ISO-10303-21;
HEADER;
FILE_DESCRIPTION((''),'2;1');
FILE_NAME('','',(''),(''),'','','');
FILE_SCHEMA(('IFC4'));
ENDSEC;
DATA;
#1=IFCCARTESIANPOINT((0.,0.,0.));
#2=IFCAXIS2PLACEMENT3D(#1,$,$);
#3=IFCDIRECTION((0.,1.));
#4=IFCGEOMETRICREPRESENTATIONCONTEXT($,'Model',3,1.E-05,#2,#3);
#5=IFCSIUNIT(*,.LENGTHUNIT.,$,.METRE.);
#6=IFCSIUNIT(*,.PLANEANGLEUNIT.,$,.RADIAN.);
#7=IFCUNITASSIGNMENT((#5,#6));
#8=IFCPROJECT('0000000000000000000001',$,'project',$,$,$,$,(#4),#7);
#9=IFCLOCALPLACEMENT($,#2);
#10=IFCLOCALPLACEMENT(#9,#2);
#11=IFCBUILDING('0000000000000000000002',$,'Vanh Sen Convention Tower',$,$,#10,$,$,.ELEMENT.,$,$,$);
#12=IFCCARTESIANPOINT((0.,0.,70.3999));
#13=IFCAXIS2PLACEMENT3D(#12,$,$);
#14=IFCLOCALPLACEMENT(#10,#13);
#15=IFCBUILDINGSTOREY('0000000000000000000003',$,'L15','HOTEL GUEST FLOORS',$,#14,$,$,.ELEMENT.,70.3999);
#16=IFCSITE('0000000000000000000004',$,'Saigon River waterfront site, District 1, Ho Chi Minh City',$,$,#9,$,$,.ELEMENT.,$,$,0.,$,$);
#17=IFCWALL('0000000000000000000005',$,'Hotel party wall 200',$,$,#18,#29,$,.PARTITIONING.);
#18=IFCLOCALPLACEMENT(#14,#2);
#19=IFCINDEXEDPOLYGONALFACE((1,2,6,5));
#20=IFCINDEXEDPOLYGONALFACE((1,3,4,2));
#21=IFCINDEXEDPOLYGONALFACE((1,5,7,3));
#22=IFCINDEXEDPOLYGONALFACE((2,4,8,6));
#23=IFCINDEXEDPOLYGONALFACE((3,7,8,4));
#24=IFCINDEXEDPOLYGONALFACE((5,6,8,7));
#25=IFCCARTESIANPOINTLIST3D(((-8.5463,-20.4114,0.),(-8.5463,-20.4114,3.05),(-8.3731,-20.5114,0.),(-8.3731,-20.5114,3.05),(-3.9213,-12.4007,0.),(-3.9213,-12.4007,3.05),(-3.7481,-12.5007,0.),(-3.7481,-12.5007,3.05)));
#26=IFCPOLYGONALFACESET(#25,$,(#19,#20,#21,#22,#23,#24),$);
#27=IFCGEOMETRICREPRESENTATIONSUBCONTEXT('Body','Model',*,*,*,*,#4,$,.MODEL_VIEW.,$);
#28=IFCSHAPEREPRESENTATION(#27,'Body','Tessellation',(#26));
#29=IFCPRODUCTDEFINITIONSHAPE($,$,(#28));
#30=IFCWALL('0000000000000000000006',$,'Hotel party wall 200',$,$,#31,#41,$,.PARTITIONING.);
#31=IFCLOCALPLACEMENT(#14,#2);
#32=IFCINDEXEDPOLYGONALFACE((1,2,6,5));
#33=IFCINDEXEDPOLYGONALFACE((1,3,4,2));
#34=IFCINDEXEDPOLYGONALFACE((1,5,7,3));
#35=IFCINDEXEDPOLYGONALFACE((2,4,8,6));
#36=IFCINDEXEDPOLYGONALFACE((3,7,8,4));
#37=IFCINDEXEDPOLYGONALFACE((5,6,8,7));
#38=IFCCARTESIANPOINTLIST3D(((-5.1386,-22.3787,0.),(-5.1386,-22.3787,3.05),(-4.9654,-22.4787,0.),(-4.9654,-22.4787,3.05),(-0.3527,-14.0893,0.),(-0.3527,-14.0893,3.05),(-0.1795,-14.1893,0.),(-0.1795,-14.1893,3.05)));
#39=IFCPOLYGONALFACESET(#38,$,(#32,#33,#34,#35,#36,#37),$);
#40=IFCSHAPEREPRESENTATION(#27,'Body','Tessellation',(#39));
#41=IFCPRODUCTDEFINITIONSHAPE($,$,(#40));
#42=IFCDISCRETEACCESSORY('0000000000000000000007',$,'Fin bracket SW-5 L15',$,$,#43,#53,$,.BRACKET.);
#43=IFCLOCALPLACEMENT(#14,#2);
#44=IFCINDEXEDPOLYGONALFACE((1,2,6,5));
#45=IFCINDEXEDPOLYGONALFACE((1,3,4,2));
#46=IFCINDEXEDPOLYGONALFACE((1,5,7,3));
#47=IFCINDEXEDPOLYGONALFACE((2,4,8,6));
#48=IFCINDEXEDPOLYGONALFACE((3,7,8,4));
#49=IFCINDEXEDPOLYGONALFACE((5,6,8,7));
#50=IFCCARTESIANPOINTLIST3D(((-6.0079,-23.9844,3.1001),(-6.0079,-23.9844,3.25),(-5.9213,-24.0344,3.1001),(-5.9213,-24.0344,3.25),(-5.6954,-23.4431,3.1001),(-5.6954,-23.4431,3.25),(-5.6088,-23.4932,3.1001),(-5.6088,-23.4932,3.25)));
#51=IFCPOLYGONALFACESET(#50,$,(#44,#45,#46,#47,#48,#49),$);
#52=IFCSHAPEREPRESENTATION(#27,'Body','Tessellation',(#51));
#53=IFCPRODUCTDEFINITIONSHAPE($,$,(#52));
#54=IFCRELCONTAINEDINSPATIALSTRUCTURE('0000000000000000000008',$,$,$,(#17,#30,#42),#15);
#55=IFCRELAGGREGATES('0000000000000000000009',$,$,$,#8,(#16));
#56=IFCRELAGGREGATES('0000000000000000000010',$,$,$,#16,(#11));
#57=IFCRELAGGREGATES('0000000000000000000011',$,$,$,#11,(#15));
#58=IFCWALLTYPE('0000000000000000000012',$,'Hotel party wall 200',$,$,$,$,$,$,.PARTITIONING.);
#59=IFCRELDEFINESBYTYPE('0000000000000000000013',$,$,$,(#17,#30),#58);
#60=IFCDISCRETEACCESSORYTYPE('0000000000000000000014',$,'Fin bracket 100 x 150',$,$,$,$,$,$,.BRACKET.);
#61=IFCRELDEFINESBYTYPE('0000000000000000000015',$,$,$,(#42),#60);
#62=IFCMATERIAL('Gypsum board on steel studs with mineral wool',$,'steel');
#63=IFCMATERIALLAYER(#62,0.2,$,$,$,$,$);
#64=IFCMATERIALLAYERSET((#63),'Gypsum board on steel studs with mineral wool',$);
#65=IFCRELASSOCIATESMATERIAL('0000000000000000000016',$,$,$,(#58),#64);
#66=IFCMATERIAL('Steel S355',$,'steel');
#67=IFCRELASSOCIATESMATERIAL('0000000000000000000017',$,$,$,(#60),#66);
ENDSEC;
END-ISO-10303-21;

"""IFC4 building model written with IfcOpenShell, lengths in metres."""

from ifc_helpers import new_model, si_unit, direction, frame, frame_2d, origin, origin_2d, place, context, subcontext, project, spatial, rectangle, extrude, material, layer, layer_set, type_object, element, save


model = new_model("IFC4")

# Units and contexts
model_context = context("Model", 3, precision=1e-05, world=origin(), true_north=direction((0.0, 1.0)))
body_context = subcontext(model_context, "Body", "Model", "MODEL_VIEW")
ifc_project = project(units=[si_unit("LENGTHUNIT", "METRE"), si_unit("PLANEANGLEUNIT", "RADIAN")], contexts=[model_context])

# Site, building, storey
site_placement = place(None, origin())
site = spatial("IfcSite", under=ifc_project, at=site_placement, Name="Saigon River waterfront site, District 1, Ho Chi Minh City", CompositionType="ELEMENT", RefElevation=0.0)
building_placement = place(site_placement, origin())
building = spatial("IfcBuilding", under=site, at=building_placement, Name="Vanh Sen Convention Tower", CompositionType="ELEMENT")
storey_placement = place(building_placement, frame((0.0, 0.0, 70.3999)))
storey = spatial("IfcBuildingStorey", under=building, at=storey_placement, Name="L15", Description="HOTEL GUEST FLOORS", CompositionType="ELEMENT", Elevation=70.3999)

# Shared definitions
ifc_material_1 = material(Name="Gypsum board on steel studs with mineral wool", Category="steel")

# Walls
ifc_layer_1 = layer(ifc_material_1, 0.2)
ifc_layer_set_1 = layer_set([ifc_layer_1], Name="Gypsum board on steel studs with mineral wool")
wall_type_1 = type_object("IfcWallType", Name="Hotel party wall 200", PredefinedType="PARTITIONING", material=ifc_layer_set_1)
wall_1_placement = place(storey_placement, frame((-8.4597, -20.4614, 0.0), z_axis=(0.0, 0.0, 1.0), x_axis=(0.5, 0.866026, 0.0)))
element("IfcWall", 1, at=wall_1_placement, inside=storey, type_object=wall_type_1, Name="Hotel party wall 200", PredefinedType="PARTITIONING", context=body_context, shape_type="SweptSolid", body=[
    extrude(rectangle(XDim=9.25, YDim=0.2, at=frame_2d((4.625, 0.0))), origin(), (0.0, 0.0, 1.0), 3.05),
])
wall_2_placement = place(storey_placement, frame((-5.052, -22.4287, 0.0), z_axis=(0.0, 0.0, 1.0), x_axis=(0.500004, 0.866023, 0.0)))
element("IfcWall", 2, at=wall_2_placement, inside=storey, type_object=wall_type_1, Name="Hotel party wall 200", PredefinedType="PARTITIONING", context=body_context, shape_type="SweptSolid", body=[
    extrude(rectangle(XDim=9.5718, YDim=0.2, at=frame_2d((4.7859, 0.0))), origin(), (0.0, 0.0, 1.0), 3.05),
])

# Discrete accessory
ifc_material_2 = material(Name="Steel S355", Category="steel")
discrete_accessory_type = type_object("IfcDiscreteAccessoryType", Name="Fin bracket 100 x 150", PredefinedType="BRACKET", material=ifc_material_2)
discrete_accessory_placement = place(storey_placement, frame((-5.8083, -23.7388, 3.1001), z_axis=(0.0, 0.0, 1.0), x_axis=(-0.5, -0.866025, 0.0)))
element("IfcDiscreteAccessory", 3, at=discrete_accessory_placement, inside=storey, type_object=discrete_accessory_type, Name="Fin bracket SW-5 L15", PredefinedType="BRACKET", context=body_context, shape_type="SweptSolid", body=[
    extrude(rectangle(XDim=0.625, YDim=0.1001, at=origin_2d()), origin(), (0.0, 0.0, 1.0), 0.1499),
])

save(model, "model.ifc")
